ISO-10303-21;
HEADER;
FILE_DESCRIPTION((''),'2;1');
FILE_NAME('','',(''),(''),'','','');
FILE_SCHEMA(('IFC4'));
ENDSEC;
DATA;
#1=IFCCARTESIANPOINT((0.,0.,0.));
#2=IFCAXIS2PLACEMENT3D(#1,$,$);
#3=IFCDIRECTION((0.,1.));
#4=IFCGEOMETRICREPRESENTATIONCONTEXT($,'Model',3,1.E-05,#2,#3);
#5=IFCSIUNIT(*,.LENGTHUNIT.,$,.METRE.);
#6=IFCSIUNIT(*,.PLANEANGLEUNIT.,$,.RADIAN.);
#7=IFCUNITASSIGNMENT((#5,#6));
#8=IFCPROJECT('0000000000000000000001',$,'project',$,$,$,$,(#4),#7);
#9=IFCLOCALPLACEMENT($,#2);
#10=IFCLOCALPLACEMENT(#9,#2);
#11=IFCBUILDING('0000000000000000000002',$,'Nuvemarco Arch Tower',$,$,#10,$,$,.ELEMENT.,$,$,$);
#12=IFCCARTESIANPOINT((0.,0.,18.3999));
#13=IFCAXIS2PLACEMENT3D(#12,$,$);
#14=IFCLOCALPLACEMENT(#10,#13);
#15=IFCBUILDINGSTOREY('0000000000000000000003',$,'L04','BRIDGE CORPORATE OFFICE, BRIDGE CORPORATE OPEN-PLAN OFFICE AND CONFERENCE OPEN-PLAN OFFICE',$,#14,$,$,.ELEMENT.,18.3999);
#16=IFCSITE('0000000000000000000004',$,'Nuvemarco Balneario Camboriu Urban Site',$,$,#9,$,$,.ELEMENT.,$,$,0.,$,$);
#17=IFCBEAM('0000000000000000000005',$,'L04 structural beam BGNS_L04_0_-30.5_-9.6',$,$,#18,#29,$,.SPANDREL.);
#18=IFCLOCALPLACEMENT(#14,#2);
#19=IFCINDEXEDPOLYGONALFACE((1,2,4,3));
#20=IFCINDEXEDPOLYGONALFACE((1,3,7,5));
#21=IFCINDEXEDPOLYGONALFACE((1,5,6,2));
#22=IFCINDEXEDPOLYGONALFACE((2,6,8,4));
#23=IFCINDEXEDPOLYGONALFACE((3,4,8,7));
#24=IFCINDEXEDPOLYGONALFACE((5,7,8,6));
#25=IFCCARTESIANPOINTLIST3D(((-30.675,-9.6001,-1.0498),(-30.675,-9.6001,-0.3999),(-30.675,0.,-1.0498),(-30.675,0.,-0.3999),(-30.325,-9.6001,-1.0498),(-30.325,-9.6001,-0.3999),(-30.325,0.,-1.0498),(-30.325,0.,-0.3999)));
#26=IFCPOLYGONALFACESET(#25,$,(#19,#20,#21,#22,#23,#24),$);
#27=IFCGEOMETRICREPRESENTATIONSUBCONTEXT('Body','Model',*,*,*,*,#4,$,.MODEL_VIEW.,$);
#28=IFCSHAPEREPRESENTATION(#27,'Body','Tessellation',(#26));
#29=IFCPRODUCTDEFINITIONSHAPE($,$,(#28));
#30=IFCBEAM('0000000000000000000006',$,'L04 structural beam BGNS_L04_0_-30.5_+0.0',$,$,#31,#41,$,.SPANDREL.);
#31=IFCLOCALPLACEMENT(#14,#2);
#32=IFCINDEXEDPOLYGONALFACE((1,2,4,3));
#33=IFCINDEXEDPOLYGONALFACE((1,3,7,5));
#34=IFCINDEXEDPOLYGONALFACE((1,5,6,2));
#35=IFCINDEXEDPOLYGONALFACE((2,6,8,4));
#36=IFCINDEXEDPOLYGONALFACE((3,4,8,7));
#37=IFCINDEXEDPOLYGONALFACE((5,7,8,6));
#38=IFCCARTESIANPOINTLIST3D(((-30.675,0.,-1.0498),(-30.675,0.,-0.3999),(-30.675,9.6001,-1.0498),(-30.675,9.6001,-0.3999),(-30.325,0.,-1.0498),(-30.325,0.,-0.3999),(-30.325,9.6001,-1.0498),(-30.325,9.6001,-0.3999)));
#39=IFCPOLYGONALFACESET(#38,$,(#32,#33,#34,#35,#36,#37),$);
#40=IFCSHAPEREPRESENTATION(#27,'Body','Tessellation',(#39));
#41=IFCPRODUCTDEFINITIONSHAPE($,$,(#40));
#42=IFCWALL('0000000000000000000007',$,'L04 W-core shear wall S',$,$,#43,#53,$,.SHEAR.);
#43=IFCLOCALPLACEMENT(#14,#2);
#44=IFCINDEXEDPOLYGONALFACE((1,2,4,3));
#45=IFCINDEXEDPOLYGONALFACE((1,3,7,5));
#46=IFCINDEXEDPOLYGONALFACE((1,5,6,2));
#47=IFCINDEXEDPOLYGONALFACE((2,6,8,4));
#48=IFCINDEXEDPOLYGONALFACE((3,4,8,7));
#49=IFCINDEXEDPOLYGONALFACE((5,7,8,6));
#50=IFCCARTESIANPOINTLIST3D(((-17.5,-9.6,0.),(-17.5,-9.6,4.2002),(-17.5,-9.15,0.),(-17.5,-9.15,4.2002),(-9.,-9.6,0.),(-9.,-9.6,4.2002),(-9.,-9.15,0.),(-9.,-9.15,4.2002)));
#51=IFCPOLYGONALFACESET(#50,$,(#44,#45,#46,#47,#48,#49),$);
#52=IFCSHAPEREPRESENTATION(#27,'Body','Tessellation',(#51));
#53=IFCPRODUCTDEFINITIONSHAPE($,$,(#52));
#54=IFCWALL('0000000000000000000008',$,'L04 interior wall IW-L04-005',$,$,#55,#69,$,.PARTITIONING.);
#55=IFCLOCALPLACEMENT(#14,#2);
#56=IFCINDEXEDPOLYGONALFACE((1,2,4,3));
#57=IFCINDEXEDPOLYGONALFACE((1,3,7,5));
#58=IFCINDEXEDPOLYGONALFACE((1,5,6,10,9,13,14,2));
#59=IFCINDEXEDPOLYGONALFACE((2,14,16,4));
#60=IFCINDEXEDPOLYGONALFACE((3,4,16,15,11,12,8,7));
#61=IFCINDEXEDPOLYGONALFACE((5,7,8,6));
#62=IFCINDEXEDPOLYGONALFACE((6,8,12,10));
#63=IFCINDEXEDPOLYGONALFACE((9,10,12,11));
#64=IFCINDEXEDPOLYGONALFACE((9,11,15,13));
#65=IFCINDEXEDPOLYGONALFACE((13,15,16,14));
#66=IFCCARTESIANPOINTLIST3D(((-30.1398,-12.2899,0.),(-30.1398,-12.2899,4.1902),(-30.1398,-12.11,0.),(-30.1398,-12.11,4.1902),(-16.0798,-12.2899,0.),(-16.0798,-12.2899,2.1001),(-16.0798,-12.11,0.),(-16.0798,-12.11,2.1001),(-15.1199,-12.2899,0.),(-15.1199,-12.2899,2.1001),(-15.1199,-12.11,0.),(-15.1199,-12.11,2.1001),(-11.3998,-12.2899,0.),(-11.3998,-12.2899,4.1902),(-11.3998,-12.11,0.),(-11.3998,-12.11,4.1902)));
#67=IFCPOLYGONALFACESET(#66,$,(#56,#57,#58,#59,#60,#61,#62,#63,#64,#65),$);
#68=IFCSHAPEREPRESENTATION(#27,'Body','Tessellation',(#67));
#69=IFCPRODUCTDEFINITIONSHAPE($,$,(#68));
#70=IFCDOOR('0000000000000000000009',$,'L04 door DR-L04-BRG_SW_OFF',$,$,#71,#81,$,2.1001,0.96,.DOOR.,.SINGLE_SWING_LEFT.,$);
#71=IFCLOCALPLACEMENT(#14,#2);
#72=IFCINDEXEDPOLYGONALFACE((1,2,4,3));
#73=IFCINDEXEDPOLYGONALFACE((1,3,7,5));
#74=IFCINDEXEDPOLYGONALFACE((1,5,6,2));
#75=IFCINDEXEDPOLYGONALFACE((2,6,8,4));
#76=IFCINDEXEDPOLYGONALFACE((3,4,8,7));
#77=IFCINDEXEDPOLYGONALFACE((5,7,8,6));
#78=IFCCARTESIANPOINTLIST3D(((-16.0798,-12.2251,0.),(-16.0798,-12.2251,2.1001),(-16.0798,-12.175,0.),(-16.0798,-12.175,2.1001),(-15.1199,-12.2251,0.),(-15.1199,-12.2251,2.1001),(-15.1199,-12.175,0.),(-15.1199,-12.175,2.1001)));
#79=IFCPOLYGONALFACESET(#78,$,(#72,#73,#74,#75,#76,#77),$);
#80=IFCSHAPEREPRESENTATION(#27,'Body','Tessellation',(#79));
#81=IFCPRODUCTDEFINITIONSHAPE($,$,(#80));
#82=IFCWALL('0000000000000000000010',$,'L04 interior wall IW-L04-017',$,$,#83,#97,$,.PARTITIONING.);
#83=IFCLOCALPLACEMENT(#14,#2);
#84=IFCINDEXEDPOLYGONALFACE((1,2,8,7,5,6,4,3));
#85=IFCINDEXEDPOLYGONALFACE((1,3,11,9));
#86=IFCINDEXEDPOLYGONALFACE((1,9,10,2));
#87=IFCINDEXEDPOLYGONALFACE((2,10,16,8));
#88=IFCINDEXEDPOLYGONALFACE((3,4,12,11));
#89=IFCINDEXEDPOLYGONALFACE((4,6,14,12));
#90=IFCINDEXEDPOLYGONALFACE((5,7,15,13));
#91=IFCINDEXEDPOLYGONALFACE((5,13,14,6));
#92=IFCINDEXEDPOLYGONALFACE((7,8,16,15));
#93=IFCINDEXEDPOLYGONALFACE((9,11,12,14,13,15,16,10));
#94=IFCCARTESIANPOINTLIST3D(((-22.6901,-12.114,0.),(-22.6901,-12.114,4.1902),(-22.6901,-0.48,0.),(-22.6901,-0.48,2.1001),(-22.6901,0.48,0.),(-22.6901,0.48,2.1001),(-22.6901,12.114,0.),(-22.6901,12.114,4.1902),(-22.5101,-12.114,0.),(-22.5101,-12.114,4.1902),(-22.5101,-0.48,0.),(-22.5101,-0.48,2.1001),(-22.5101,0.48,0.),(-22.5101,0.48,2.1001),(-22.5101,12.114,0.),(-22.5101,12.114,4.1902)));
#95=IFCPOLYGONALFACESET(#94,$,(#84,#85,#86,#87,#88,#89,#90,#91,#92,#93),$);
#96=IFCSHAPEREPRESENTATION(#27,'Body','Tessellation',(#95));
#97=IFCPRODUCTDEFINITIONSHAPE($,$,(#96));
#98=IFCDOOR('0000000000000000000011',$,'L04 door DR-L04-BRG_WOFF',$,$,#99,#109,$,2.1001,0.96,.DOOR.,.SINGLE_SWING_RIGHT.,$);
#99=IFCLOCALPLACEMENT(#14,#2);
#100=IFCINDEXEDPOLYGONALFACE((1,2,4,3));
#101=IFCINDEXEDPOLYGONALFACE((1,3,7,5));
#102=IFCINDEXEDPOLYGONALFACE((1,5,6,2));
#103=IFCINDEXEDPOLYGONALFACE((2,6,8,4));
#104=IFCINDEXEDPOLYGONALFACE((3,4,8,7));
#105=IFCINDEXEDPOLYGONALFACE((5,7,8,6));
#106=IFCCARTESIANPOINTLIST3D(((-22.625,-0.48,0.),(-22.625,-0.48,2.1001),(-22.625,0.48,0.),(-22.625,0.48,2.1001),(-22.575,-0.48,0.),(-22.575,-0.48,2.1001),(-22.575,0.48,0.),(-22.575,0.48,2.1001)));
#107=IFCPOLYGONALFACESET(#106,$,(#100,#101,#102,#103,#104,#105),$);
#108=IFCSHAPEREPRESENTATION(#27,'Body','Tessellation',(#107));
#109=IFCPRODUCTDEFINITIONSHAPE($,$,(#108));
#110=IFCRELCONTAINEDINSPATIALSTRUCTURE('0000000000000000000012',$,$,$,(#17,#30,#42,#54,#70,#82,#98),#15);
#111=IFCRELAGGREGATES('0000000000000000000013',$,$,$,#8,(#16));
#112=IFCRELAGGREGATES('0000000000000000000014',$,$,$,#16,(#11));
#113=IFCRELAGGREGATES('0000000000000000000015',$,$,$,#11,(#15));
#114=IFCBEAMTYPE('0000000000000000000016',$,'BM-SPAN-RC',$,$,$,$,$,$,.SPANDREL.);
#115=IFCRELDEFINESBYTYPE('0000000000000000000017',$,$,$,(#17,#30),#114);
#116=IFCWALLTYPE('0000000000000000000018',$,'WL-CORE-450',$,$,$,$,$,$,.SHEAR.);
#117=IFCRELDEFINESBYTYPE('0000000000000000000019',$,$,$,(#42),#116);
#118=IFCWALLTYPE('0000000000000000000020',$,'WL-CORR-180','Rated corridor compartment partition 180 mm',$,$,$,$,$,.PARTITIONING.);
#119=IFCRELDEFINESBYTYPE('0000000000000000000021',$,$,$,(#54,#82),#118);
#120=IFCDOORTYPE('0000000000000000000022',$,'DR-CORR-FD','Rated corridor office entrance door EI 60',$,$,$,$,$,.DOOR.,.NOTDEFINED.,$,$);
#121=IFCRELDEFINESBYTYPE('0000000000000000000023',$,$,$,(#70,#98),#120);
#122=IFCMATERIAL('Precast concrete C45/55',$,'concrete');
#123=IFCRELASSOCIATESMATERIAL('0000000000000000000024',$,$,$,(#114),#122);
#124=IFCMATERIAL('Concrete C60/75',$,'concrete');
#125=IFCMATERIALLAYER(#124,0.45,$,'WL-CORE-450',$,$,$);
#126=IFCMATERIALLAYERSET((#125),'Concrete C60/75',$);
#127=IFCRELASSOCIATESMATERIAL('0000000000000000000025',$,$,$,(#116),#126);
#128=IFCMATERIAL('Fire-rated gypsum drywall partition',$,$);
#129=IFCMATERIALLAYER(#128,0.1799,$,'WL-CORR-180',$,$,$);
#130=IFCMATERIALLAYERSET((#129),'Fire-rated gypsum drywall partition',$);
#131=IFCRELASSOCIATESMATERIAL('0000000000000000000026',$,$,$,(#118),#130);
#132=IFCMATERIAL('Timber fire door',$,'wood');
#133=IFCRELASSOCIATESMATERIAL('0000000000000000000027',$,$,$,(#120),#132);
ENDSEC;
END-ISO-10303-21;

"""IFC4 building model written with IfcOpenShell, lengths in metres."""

from ifc_helpers import new_model, si_unit, direction, frame, frame_2d, origin, origin_2d, place, context, subcontext, project, spatial, rectangle, extrude, source, transform, mapped, material, layer, layer_set, material_profile, profile_set, type_object, type_shapes, element, fill, save


model = new_model("IFC4")

# Units and contexts
model_context = context("Model", 3, precision=1e-05, world=origin(), true_north=direction((0.0, 1.0)))
body_context = subcontext(model_context, "Body", "Model", "MODEL_VIEW")
ifc_project = project(units=[si_unit("LENGTHUNIT", "METRE"), si_unit("PLANEANGLEUNIT", "RADIAN")], contexts=[model_context])

# Site, building, storey
site_placement = place(None, origin())
site = spatial("IfcSite", under=ifc_project, at=site_placement, Name="Nuvemarco Balneario Camboriu Urban Site", CompositionType="ELEMENT", RefElevation=0.0)
building_placement = place(site_placement, origin())
building = spatial("IfcBuilding", under=site, at=building_placement, Name="Nuvemarco Arch Tower", CompositionType="ELEMENT")
storey_placement = place(building_placement, frame((0.0, 0.0, 18.3999)))
storey = spatial("IfcBuildingStorey", under=building, at=storey_placement, Name="L04", Description="BRIDGE CORPORATE OFFICE, BRIDGE CORPORATE OPEN-PLAN OFFICE AND CONFERENCE OPEN-PLAN OFFICE", CompositionType="ELEMENT", Elevation=18.3999)

# Shared definitions
ifc_material_1 = material(Name="Concrete C60/75", Category="concrete")

# Beams
ifc_material_2 = material(Name="Precast concrete C45/55", Category="concrete")
ifc_material_profile_1 = material_profile(ifc_material_2, rectangle(XDim=0.3501, YDim=0.6499, at=origin_2d()), Name="PC-SP-350x650")
ifc_profile_set_1 = profile_set([ifc_material_profile_1], Name="Precast concrete C45/55")
beam_type_1 = type_object("IfcBeamType", Name="BM-SPAN-RC", PredefinedType="SPANDREL", material=ifc_profile_set_1)
for number, where, z_axis, x_axis, name in (
    (1, (-30.5, -9.6001, -0.7249), (0.0, 1.0, 0.0), (-1.0, 0.0, 0.0), "L04 structural beam BGNS_L04_0_-30.5_-9.6"),
    (2, (-30.5, 0.0, -0.7249), (0.0, 1.0, 0.0), (-1.0, 0.0, 0.0), "L04 structural beam BGNS_L04_0_-30.5_+0.0"),
):
    element("IfcBeam", number, at=place(storey_placement, frame(where, z_axis=z_axis, x_axis=x_axis)), inside=storey, type_object=beam_type_1, Name=name, PredefinedType="SPANDREL", context=body_context, shape_type="SweptSolid", body=[
        extrude(rectangle(XDim=0.3501, YDim=0.6499, at=origin_2d()), origin(), (0.0, 0.0, 1.0), 9.6001),
    ])

# Wall
ifc_layer_1 = layer(ifc_material_1, 0.45, Name="WL-CORE-450")
ifc_layer_set_1 = layer_set([ifc_layer_1], Name="Concrete C60/75")
wall_type_1 = type_object("IfcWallType", Name="WL-CORE-450", PredefinedType="SHEAR", material=ifc_layer_set_1)
wall_1_placement = place(storey_placement, frame((-17.5, -9.375, 0.0), z_axis=(0.0, 0.0, 1.0), x_axis=(1.0, 0.0, 0.0)))
element("IfcWall", 3, at=wall_1_placement, inside=storey, type_object=wall_type_1, Name="L04 W-core shear wall S", PredefinedType="SHEAR", context=body_context, shape_type="SweptSolid", body=[
    extrude(rectangle(XDim=8.5, YDim=0.45, at=frame_2d((4.25, 0.0))), origin(), (0.0, 0.0, 1.0), 4.2002),
])

# Walls, openings, doors
ifc_material_3 = material(Name="Fire-rated gypsum drywall partition")
ifc_layer_2 = layer(ifc_material_3, 0.1799, Name="WL-CORR-180")
ifc_layer_set_2 = layer_set([ifc_layer_2], Name="Fire-rated gypsum drywall partition")
wall_type_2 = type_object("IfcWallType", Name="WL-CORR-180", Description="Rated corridor compartment partition 180 mm", PredefinedType="PARTITIONING", material=ifc_layer_set_2)
wall_2_placement = place(storey_placement, frame((-30.1399, -12.2, 0.0), z_axis=(0.0, 0.0, 1.0), x_axis=(1.0, 0.0, 0.0)))
wall_2 = element("IfcWall", 4, at=wall_2_placement, inside=storey, type_object=wall_type_2, Name="L04 interior wall IW-L04-005", PredefinedType="PARTITIONING", context=body_context, shape_type="SweptSolid", body=[
    extrude(rectangle(XDim=18.74, YDim=0.1799, at=frame_2d((9.3701, 0.0))), origin(), (0.0, 0.0, 1.0), 4.1902),
])
opening_1_placement = place(wall_2_placement, frame((14.0601, 0.0, 0.0)))
opening_1 = element("IfcOpeningElement", 5, at=opening_1_placement, cuts=wall_2, PredefinedType="OPENING", context=body_context, shape_type="SweptSolid", body=[
    extrude(rectangle(XDim=0.96, YDim=2.1001, at=frame_2d((0.48, 1.05))), frame((0.0, 0.0999, 0.0), z_axis=(0.0, -1.0, 0.0), x_axis=(1.0, 0.0, 0.0)), (0.0, 0.0, 1.0), 0.2),
])
ifc_material_4 = material(Name="Timber fire door", Category="wood")
door_type = type_object("IfcDoorType", Name="DR-CORR-FD", Description="Rated corridor office entrance door EI 60", OperationType="NOTDEFINED", PredefinedType="DOOR", material=ifc_material_4)
shared_shape = source(origin(), body_context, "Body", "SweptSolid", [
    extrude(rectangle(XDim=0.96, YDim=2.1001, at=frame_2d((0.48, 1.05))), frame((0.0, 0.0249, 0.0), z_axis=(0.0, -1.0, 0.0), x_axis=(1.0, 0.0, 0.0)), (0.0, 0.0, 1.0), 0.05),
])
type_shapes(door_type, [shared_shape])
door_1_placement = place(opening_1_placement, origin())
door_1 = element("IfcDoor", 6, at=door_1_placement, inside=storey, type_object=door_type, Name="L04 door DR-L04-BRG_SW_OFF", OperationType="SINGLE_SWING_LEFT", OverallHeight=2.1001, OverallWidth=0.96, PredefinedType="DOOR", context=body_context, shape_type="MappedRepresentation", body=[
    mapped(shared_shape, transform((0.0, 0.0, 0.0), scale=1.0)),
])
fill(opening_1, door_1)
wall_3_placement = place(storey_placement, frame((-22.6001, -12.114, 0.0), z_axis=(0.0, 0.0, 1.0), x_axis=(0.0, 1.0, 0.0)))
wall_3 = element("IfcWall", 7, at=wall_3_placement, inside=storey, type_object=wall_type_2, Name="L04 interior wall IW-L04-017", PredefinedType="PARTITIONING", context=body_context, shape_type="SweptSolid", body=[
    extrude(rectangle(XDim=24.228, YDim=0.1799, at=frame_2d((12.114, 0.0))), origin(), (0.0, 0.0, 1.0), 4.1902),
])
opening_2_placement = place(wall_3_placement, frame((11.634, 0.0, 0.0)))
opening_2 = element("IfcOpeningElement", 8, at=opening_2_placement, cuts=wall_3, PredefinedType="OPENING", context=body_context, shape_type="SweptSolid", body=[
    extrude(rectangle(XDim=0.96, YDim=2.1001, at=frame_2d((0.48, 1.05))), frame((0.0, 0.0999, 0.0), z_axis=(0.0, -1.0, 0.0), x_axis=(1.0, 0.0, 0.0)), (0.0, 0.0, 1.0), 0.2),
])
door_2_placement = place(opening_2_placement, origin())
door_2 = element("IfcDoor", 9, at=door_2_placement, inside=storey, type_object=door_type, Name="L04 door DR-L04-BRG_WOFF", OperationType="SINGLE_SWING_RIGHT", OverallHeight=2.1001, OverallWidth=0.96, PredefinedType="DOOR", context=body_context, shape_type="MappedRepresentation", body=[
    mapped(shared_shape, transform((0.0, 0.0, 0.0), scale=1.0)),
])
fill(opening_2, door_2)

save(model, "model.ifc")
